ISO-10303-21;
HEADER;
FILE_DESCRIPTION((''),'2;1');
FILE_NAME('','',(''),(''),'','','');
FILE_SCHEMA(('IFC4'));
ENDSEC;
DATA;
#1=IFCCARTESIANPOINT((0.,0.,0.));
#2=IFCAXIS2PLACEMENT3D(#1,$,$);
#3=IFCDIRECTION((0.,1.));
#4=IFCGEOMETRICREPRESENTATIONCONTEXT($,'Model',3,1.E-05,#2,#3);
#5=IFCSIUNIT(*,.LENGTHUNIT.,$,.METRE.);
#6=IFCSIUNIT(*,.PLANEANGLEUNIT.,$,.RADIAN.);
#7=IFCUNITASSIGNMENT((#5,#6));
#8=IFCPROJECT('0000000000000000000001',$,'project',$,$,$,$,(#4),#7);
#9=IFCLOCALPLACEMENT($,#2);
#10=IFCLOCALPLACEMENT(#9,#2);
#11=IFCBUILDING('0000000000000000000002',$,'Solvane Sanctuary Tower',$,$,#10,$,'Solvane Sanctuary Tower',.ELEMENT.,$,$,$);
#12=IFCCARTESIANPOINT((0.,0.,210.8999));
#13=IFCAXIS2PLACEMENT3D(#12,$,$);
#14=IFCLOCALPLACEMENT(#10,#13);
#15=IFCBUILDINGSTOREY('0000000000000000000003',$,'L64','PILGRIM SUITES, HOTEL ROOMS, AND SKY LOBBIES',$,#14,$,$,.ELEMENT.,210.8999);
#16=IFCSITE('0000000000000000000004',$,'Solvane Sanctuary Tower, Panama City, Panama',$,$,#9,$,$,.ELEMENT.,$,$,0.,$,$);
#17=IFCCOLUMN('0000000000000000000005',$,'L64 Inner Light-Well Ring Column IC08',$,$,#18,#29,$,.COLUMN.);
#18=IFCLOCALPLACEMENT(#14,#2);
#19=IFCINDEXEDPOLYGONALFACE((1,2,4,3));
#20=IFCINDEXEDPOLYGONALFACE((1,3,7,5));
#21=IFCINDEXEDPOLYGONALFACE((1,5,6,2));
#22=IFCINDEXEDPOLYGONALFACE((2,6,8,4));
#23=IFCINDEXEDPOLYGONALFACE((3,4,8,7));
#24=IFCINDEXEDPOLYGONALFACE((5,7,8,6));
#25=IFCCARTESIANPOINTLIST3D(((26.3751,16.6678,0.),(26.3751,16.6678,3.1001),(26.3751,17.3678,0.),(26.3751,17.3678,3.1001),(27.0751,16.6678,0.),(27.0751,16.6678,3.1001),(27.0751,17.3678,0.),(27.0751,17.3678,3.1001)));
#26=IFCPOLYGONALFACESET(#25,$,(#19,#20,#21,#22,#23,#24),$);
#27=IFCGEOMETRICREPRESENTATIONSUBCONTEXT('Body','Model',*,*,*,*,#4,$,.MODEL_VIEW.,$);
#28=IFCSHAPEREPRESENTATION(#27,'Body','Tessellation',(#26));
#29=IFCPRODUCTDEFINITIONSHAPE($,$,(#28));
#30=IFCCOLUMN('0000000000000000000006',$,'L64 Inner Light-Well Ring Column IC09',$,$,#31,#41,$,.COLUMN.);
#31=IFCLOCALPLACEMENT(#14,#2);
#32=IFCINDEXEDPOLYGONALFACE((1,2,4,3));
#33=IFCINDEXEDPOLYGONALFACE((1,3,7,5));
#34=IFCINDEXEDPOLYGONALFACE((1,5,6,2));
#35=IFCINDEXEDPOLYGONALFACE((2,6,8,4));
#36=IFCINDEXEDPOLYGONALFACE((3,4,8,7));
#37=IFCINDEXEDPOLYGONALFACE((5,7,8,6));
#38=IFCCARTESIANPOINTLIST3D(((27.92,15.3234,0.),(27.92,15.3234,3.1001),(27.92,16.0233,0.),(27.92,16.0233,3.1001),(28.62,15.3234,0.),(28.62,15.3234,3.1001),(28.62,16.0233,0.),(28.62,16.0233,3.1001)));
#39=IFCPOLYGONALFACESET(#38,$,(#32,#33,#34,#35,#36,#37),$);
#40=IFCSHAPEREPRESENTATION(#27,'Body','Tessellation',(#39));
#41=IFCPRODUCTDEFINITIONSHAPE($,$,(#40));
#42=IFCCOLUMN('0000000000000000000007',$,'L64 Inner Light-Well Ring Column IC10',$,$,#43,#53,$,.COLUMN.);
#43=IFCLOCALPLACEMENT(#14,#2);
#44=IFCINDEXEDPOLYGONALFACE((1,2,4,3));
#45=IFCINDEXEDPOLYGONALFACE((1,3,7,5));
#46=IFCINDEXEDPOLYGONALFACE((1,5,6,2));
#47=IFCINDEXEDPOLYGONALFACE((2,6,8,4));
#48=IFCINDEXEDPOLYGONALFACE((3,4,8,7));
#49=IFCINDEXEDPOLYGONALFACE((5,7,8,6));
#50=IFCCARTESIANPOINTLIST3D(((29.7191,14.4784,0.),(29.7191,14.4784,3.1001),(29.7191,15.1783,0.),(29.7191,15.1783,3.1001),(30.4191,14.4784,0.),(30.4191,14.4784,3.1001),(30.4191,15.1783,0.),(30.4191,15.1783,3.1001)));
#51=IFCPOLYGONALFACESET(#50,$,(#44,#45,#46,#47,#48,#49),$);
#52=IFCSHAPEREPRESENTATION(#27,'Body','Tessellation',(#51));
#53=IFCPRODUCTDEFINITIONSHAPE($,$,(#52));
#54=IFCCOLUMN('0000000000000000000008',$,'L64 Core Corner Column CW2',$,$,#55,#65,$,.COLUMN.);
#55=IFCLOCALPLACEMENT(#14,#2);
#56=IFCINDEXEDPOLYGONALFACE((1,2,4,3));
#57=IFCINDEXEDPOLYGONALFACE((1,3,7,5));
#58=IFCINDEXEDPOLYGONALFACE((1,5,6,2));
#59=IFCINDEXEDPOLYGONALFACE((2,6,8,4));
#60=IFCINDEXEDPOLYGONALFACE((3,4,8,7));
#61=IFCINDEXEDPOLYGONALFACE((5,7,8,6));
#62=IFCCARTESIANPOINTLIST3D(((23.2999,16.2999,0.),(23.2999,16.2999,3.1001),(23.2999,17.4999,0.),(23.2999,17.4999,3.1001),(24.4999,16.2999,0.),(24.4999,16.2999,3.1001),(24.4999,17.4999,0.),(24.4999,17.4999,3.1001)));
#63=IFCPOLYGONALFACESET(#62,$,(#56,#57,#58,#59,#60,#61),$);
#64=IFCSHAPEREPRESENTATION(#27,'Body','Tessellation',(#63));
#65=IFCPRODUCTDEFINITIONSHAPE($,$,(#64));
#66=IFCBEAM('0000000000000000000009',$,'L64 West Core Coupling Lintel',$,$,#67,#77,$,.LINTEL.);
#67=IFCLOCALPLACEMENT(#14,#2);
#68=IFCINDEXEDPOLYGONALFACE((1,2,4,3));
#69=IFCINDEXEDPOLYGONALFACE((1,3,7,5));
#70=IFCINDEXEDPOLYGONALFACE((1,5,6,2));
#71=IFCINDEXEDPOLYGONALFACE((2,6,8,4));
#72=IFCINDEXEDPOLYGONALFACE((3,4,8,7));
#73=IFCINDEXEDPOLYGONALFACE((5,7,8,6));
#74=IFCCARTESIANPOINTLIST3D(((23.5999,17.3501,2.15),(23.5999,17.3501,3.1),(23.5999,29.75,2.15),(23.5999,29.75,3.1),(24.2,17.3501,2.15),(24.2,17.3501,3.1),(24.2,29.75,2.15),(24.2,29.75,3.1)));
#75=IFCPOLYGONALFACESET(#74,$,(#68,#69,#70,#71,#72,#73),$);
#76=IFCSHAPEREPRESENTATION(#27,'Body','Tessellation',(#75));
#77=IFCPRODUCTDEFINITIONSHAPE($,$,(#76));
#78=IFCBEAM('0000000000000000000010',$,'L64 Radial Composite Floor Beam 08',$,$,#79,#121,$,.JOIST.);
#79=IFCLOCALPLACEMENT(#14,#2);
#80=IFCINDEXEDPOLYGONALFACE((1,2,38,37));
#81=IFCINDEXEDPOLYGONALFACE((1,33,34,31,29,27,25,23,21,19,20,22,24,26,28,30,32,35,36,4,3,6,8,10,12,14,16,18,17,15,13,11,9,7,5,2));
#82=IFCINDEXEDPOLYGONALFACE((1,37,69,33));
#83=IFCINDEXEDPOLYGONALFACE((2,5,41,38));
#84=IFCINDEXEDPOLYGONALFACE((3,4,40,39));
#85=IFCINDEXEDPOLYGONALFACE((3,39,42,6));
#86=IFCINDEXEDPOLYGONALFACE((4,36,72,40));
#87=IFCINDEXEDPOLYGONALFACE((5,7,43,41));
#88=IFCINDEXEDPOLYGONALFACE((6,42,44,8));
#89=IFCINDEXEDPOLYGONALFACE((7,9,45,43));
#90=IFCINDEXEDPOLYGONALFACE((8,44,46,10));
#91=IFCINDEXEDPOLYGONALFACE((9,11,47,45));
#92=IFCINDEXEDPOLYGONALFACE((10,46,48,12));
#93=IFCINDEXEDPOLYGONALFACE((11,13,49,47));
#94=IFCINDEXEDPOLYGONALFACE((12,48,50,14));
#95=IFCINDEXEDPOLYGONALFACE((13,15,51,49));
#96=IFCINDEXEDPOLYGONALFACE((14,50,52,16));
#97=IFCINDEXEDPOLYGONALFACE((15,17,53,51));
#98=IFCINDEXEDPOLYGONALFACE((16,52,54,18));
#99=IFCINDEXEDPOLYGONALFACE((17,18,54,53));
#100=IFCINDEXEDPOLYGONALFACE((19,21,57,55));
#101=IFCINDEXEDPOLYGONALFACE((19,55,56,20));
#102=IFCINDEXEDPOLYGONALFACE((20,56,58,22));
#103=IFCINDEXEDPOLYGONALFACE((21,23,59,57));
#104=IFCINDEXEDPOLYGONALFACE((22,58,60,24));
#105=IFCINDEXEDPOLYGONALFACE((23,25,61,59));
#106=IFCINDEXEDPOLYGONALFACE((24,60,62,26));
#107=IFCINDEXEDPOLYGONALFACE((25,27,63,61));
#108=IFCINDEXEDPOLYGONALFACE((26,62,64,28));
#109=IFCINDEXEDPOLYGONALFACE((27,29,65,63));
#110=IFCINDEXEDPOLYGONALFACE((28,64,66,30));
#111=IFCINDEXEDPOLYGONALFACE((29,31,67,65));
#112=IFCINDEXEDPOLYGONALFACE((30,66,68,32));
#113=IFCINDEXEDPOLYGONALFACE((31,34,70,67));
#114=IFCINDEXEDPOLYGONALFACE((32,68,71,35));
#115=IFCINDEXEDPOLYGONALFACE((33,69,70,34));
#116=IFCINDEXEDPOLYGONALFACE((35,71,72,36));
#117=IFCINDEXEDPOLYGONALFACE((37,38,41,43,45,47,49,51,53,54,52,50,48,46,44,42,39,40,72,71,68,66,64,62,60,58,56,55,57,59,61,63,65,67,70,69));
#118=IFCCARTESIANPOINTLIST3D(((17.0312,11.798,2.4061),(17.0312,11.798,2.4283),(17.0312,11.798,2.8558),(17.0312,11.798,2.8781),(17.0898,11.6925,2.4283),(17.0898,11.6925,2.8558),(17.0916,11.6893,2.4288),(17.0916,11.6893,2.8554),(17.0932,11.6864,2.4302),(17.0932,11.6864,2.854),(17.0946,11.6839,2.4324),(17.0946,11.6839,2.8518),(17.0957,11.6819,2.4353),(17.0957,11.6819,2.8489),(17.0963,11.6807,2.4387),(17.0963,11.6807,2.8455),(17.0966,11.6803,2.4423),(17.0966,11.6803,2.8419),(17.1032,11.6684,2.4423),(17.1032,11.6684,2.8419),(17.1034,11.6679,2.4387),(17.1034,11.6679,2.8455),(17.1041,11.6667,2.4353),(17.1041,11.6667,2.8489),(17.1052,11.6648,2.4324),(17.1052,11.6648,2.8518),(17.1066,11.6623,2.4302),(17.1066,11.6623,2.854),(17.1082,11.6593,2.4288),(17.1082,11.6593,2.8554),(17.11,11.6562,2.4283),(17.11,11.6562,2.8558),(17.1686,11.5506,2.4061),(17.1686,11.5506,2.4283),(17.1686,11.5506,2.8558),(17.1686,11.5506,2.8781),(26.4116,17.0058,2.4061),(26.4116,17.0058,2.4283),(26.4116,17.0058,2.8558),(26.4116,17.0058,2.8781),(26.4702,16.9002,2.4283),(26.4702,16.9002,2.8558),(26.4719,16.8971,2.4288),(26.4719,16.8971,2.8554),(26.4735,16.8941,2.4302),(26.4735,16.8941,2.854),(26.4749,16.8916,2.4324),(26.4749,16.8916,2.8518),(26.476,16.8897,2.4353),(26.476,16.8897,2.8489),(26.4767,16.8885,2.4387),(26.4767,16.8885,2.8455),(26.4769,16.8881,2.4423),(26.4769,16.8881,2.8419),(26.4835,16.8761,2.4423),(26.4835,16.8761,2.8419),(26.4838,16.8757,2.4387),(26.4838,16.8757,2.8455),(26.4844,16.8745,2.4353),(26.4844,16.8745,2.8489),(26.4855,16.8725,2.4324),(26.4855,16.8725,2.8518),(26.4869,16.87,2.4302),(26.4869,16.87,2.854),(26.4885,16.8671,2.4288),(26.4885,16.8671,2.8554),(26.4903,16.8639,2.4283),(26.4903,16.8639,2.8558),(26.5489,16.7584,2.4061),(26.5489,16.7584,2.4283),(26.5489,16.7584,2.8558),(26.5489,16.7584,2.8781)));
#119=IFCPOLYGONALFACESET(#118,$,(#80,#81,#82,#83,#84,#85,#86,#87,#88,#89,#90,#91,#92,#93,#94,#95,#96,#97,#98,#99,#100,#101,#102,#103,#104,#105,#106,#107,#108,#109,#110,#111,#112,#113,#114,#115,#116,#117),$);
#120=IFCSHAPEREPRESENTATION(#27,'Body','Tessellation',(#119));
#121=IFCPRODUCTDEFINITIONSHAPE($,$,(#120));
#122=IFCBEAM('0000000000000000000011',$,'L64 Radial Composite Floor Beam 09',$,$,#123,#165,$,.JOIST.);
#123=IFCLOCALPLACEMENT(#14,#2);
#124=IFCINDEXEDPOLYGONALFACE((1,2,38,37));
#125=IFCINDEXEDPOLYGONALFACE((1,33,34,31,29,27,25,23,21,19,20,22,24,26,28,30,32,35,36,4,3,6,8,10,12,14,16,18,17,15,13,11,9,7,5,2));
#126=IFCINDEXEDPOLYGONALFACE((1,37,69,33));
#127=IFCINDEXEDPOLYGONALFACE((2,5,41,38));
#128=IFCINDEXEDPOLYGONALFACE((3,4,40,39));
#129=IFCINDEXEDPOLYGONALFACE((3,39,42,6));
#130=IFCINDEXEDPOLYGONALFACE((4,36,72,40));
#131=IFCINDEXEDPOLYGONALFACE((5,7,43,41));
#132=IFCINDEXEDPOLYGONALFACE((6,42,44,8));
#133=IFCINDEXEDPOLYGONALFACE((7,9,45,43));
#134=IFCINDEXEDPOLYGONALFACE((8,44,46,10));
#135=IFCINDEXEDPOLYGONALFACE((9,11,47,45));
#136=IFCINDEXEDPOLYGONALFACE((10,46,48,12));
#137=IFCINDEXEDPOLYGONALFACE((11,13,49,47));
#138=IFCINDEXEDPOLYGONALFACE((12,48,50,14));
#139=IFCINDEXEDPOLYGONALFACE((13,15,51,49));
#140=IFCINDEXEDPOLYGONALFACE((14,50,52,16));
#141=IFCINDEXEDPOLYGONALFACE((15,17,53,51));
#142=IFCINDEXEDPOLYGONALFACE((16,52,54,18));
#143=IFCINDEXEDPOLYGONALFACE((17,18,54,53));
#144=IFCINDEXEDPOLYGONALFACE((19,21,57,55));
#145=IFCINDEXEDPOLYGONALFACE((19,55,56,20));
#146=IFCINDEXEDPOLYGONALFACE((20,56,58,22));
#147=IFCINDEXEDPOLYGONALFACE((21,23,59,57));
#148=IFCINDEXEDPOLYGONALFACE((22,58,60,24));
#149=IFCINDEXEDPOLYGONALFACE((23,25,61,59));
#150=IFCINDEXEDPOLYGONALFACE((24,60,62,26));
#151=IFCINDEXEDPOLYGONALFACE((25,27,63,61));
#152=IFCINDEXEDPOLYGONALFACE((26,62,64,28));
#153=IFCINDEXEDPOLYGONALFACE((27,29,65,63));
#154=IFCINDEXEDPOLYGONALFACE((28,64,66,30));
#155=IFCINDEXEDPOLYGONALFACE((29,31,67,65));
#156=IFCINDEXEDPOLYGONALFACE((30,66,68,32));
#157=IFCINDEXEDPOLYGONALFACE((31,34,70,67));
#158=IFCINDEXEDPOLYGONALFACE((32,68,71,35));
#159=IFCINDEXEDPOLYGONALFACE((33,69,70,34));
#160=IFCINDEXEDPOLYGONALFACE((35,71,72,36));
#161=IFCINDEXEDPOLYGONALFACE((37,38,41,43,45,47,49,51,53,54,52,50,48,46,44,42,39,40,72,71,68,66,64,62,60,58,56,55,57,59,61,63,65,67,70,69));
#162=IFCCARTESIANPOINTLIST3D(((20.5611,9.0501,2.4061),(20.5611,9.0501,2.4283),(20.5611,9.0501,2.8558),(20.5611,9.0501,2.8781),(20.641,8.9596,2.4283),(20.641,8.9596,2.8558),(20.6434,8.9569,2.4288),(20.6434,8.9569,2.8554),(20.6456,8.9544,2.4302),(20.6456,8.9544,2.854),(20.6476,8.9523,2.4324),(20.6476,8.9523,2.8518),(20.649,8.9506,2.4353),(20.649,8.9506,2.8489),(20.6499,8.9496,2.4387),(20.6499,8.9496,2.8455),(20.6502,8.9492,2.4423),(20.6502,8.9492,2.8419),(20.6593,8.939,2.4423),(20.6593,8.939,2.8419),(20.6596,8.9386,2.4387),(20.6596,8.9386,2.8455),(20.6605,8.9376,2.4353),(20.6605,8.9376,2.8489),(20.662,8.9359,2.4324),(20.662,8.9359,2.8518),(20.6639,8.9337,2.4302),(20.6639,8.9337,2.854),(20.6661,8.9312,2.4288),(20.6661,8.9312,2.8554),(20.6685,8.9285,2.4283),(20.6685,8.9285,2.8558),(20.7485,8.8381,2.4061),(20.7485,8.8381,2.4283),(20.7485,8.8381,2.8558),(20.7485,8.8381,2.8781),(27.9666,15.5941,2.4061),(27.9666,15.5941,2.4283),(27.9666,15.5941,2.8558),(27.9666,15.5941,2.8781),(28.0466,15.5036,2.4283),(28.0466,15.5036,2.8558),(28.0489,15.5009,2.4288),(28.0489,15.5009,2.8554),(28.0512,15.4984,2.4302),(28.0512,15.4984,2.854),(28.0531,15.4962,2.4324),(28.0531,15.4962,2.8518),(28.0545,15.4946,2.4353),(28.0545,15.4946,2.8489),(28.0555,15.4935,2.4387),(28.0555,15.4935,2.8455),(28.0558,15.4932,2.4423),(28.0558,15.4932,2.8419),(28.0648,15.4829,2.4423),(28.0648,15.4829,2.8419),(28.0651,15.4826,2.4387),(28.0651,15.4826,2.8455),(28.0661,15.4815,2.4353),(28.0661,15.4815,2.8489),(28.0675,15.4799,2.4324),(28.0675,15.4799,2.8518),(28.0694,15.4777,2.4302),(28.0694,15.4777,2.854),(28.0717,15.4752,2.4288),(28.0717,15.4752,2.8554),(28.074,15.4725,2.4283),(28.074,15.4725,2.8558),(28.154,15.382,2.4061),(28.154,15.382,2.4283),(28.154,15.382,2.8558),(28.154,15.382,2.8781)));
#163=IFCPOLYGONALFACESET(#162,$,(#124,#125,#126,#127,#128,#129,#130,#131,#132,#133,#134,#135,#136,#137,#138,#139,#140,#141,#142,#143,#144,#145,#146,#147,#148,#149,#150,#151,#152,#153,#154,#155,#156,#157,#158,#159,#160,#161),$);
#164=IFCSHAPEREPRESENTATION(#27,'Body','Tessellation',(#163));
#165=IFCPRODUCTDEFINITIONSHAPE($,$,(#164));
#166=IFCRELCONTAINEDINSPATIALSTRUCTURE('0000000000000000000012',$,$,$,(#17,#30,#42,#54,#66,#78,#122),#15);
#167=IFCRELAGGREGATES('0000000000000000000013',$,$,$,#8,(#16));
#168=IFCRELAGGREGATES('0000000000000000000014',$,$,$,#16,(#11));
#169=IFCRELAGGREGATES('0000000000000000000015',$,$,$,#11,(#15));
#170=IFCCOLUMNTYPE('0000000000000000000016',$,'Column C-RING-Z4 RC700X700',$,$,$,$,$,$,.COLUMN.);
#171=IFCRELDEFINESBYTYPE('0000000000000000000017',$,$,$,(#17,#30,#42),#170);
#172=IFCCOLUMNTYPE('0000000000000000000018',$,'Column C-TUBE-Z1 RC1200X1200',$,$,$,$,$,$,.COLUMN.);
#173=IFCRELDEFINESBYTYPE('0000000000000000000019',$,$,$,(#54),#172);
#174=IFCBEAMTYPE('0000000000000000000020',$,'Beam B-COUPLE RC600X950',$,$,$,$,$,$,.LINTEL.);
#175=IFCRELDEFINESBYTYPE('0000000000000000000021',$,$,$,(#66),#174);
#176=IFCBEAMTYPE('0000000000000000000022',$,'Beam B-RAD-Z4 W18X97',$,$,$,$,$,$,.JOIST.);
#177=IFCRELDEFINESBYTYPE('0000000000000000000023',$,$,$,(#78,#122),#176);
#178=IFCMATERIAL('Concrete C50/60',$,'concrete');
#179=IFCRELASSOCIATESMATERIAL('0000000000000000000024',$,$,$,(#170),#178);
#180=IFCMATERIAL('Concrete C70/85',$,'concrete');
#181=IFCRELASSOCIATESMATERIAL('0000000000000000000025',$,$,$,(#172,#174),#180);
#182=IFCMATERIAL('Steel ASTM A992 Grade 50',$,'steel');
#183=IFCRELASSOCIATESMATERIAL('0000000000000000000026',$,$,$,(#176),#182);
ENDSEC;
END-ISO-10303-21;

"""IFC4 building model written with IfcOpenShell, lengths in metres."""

from ifc_helpers import new_model, si_unit, direction, frame, origin, origin_2d, place, context, subcontext, project, spatial, rectangle, i_section, extrude, material, material_profile, profile_set, type_object, element, save


model = new_model("IFC4")

# Units and contexts
model_context = context("Model", 3, precision=1e-05, world=origin(), true_north=direction((0.0, 1.0)))
body_context = subcontext(model_context, "Body", "Model", "MODEL_VIEW")
ifc_project = project(units=[si_unit("LENGTHUNIT", "METRE"), si_unit("PLANEANGLEUNIT", "RADIAN")], contexts=[model_context])

# Site, building, storey
site_placement = place(None, origin())
site = spatial("IfcSite", under=ifc_project, at=site_placement, Name="Solvane Sanctuary Tower, Panama City, Panama", CompositionType="ELEMENT", RefElevation=0.0)
building_placement = place(site_placement, origin())
building = spatial("IfcBuilding", under=site, at=building_placement, Name="Solvane Sanctuary Tower", LongName="Solvane Sanctuary Tower", CompositionType="ELEMENT")
storey_placement = place(building_placement, frame((0.0, 0.0, 210.8999)))
storey = spatial("IfcBuildingStorey", under=building, at=storey_placement, Name="L64", Description="PILGRIM SUITES, HOTEL ROOMS, AND SKY LOBBIES", CompositionType="ELEMENT", Elevation=210.8999)

# Columns
ifc_material_1 = material(Name="Concrete C50/60", Category="concrete")
ifc_material_profile_1 = material_profile(ifc_material_1, rectangle(XDim=0.7, YDim=0.7, at=origin_2d()), Name="RC700X700")
ifc_profile_set_1 = profile_set([ifc_material_profile_1], Name="Concrete C50/60")
column_type_1 = type_object("IfcColumnType", Name="Column C-RING-Z4 RC700X700", PredefinedType="COLUMN", material=ifc_profile_set_1)
for number, where, z_axis, x_axis, name in (
    (1, (26.7251, 17.0178, 0.0), (0.0, 0.0, 1.0), (1.0, 0.0, 0.0), "L64 Inner Light-Well Ring Column IC08"),
    (2, (28.27, 15.6733, 0.0), (0.0, 0.0, 1.0), (1.0, 0.0, 0.0), "L64 Inner Light-Well Ring Column IC09"),
    (3, (30.0691, 14.8284, 0.0), (0.0, 0.0, 1.0), (1.0, 0.0, 0.0), "L64 Inner Light-Well Ring Column IC10"),
):
    element("IfcColumn", number, at=place(storey_placement, frame(where, z_axis=z_axis, x_axis=x_axis)), inside=storey, type_object=column_type_1, Name=name, PredefinedType="COLUMN", context=body_context, shape_type="SweptSolid", body=[
        extrude(rectangle(XDim=0.7, YDim=0.7, at=origin_2d()), origin(), (0.0, 0.0, 1.0), 3.1001),
    ])
ifc_material_2 = material(Name="Concrete C70/85", Category="concrete")
ifc_material_profile_2 = material_profile(ifc_material_2, rectangle(XDim=1.2, YDim=1.2, at=origin_2d()), Name="RC1200X1200")
ifc_profile_set_2 = profile_set([ifc_material_profile_2], Name="Concrete C70/85")
column_type_2 = type_object("IfcColumnType", Name="Column C-TUBE-Z1 RC1200X1200", PredefinedType="COLUMN", material=ifc_profile_set_2)
column_placement = place(storey_placement, frame((23.8999, 16.8999, 0.0), z_axis=(0.0, 0.0, 1.0), x_axis=(1.0, 0.0, 0.0)))
element("IfcColumn", 4, at=column_placement, inside=storey, type_object=column_type_2, Name="L64 Core Corner Column CW2", PredefinedType="COLUMN", context=body_context, shape_type="SweptSolid", body=[
    extrude(rectangle(XDim=1.2, YDim=1.2, at=origin_2d()), origin(), (0.0, 0.0, 1.0), 3.1001),
])

# Beams
ifc_material_profile_3 = material_profile(ifc_material_2, rectangle(XDim=0.6001, YDim=0.95, at=origin_2d()), Name="RC600X950")
ifc_profile_set_3 = profile_set([ifc_material_profile_3], Name="Concrete C70/85")
beam_type_1 = type_object("IfcBeamType", Name="Beam B-COUPLE RC600X950", PredefinedType="LINTEL", material=ifc_profile_set_3)
beam_1_placement = place(storey_placement, frame((23.8999, 17.3501, 2.625), z_axis=(0.0, 1.0, 0.0), x_axis=(-1.0, 0.0, 0.0)))
element("IfcBeam", 5, at=beam_1_placement, inside=storey, type_object=beam_type_1, Name="L64 West Core Coupling Lintel", PredefinedType="LINTEL", context=body_context, shape_type="SweptSolid", body=[
    extrude(rectangle(XDim=0.6001, YDim=0.95, at=origin_2d()), origin(), (0.0, 0.0, 1.0), 12.3999),
])
ifc_material_3 = material(Name="Steel ASTM A992 Grade 50", Category="steel")
ifc_material_profile_4 = material_profile(ifc_material_3, i_section(OverallWidth=0.283, OverallDepth=0.4719, WebThickness=0.0137, FlangeThickness=0.0222, FilletRadius=0.0139, at=origin_2d()), Name="W18X97")
ifc_profile_set_4 = profile_set([ifc_material_profile_4], Name="Steel ASTM A992 Grade 50")
beam_type_2 = type_object("IfcBeamType", Name="Beam B-RAD-Z4 W18X97", PredefinedType="JOIST", material=ifc_profile_set_4)
beam_2_placement = place(storey_placement, frame((26.4802, 16.8821, 2.6421), z_axis=(-0.874298, -0.48539, 0.0), x_axis=(0.48539, -0.874298, 0.0)))
element("IfcBeam", 6, at=beam_2_placement, inside=storey, type_object=beam_type_2, Name="L64 Radial Composite Floor Beam 08", PredefinedType="JOIST", context=body_context, shape_type="SweptSolid", body=[
    extrude(i_section(OverallWidth=0.283, OverallDepth=0.4719, WebThickness=0.0137, FlangeThickness=0.0222, FilletRadius=0.0139, at=origin_2d()), origin(), (0.0, 0.0, 1.0), 10.729),
])
beam_3_placement = place(storey_placement, frame((28.0603, 15.488, 2.6421), z_axis=(-0.749352, -0.662171, 0.0), x_axis=(0.662171, -0.749352, 0.0)))
element("IfcBeam", 7, at=beam_3_placement, inside=storey, type_object=beam_type_2, Name="L64 Radial Composite Floor Beam 09", PredefinedType="JOIST", context=body_context, shape_type="SweptSolid", body=[
    extrude(i_section(OverallWidth=0.283, OverallDepth=0.4719, WebThickness=0.0137, FlangeThickness=0.0222, FilletRadius=0.0139, at=origin_2d()), origin(), (0.0, 0.0, 1.0), 9.8826),
])

save(model, "model.ifc")
